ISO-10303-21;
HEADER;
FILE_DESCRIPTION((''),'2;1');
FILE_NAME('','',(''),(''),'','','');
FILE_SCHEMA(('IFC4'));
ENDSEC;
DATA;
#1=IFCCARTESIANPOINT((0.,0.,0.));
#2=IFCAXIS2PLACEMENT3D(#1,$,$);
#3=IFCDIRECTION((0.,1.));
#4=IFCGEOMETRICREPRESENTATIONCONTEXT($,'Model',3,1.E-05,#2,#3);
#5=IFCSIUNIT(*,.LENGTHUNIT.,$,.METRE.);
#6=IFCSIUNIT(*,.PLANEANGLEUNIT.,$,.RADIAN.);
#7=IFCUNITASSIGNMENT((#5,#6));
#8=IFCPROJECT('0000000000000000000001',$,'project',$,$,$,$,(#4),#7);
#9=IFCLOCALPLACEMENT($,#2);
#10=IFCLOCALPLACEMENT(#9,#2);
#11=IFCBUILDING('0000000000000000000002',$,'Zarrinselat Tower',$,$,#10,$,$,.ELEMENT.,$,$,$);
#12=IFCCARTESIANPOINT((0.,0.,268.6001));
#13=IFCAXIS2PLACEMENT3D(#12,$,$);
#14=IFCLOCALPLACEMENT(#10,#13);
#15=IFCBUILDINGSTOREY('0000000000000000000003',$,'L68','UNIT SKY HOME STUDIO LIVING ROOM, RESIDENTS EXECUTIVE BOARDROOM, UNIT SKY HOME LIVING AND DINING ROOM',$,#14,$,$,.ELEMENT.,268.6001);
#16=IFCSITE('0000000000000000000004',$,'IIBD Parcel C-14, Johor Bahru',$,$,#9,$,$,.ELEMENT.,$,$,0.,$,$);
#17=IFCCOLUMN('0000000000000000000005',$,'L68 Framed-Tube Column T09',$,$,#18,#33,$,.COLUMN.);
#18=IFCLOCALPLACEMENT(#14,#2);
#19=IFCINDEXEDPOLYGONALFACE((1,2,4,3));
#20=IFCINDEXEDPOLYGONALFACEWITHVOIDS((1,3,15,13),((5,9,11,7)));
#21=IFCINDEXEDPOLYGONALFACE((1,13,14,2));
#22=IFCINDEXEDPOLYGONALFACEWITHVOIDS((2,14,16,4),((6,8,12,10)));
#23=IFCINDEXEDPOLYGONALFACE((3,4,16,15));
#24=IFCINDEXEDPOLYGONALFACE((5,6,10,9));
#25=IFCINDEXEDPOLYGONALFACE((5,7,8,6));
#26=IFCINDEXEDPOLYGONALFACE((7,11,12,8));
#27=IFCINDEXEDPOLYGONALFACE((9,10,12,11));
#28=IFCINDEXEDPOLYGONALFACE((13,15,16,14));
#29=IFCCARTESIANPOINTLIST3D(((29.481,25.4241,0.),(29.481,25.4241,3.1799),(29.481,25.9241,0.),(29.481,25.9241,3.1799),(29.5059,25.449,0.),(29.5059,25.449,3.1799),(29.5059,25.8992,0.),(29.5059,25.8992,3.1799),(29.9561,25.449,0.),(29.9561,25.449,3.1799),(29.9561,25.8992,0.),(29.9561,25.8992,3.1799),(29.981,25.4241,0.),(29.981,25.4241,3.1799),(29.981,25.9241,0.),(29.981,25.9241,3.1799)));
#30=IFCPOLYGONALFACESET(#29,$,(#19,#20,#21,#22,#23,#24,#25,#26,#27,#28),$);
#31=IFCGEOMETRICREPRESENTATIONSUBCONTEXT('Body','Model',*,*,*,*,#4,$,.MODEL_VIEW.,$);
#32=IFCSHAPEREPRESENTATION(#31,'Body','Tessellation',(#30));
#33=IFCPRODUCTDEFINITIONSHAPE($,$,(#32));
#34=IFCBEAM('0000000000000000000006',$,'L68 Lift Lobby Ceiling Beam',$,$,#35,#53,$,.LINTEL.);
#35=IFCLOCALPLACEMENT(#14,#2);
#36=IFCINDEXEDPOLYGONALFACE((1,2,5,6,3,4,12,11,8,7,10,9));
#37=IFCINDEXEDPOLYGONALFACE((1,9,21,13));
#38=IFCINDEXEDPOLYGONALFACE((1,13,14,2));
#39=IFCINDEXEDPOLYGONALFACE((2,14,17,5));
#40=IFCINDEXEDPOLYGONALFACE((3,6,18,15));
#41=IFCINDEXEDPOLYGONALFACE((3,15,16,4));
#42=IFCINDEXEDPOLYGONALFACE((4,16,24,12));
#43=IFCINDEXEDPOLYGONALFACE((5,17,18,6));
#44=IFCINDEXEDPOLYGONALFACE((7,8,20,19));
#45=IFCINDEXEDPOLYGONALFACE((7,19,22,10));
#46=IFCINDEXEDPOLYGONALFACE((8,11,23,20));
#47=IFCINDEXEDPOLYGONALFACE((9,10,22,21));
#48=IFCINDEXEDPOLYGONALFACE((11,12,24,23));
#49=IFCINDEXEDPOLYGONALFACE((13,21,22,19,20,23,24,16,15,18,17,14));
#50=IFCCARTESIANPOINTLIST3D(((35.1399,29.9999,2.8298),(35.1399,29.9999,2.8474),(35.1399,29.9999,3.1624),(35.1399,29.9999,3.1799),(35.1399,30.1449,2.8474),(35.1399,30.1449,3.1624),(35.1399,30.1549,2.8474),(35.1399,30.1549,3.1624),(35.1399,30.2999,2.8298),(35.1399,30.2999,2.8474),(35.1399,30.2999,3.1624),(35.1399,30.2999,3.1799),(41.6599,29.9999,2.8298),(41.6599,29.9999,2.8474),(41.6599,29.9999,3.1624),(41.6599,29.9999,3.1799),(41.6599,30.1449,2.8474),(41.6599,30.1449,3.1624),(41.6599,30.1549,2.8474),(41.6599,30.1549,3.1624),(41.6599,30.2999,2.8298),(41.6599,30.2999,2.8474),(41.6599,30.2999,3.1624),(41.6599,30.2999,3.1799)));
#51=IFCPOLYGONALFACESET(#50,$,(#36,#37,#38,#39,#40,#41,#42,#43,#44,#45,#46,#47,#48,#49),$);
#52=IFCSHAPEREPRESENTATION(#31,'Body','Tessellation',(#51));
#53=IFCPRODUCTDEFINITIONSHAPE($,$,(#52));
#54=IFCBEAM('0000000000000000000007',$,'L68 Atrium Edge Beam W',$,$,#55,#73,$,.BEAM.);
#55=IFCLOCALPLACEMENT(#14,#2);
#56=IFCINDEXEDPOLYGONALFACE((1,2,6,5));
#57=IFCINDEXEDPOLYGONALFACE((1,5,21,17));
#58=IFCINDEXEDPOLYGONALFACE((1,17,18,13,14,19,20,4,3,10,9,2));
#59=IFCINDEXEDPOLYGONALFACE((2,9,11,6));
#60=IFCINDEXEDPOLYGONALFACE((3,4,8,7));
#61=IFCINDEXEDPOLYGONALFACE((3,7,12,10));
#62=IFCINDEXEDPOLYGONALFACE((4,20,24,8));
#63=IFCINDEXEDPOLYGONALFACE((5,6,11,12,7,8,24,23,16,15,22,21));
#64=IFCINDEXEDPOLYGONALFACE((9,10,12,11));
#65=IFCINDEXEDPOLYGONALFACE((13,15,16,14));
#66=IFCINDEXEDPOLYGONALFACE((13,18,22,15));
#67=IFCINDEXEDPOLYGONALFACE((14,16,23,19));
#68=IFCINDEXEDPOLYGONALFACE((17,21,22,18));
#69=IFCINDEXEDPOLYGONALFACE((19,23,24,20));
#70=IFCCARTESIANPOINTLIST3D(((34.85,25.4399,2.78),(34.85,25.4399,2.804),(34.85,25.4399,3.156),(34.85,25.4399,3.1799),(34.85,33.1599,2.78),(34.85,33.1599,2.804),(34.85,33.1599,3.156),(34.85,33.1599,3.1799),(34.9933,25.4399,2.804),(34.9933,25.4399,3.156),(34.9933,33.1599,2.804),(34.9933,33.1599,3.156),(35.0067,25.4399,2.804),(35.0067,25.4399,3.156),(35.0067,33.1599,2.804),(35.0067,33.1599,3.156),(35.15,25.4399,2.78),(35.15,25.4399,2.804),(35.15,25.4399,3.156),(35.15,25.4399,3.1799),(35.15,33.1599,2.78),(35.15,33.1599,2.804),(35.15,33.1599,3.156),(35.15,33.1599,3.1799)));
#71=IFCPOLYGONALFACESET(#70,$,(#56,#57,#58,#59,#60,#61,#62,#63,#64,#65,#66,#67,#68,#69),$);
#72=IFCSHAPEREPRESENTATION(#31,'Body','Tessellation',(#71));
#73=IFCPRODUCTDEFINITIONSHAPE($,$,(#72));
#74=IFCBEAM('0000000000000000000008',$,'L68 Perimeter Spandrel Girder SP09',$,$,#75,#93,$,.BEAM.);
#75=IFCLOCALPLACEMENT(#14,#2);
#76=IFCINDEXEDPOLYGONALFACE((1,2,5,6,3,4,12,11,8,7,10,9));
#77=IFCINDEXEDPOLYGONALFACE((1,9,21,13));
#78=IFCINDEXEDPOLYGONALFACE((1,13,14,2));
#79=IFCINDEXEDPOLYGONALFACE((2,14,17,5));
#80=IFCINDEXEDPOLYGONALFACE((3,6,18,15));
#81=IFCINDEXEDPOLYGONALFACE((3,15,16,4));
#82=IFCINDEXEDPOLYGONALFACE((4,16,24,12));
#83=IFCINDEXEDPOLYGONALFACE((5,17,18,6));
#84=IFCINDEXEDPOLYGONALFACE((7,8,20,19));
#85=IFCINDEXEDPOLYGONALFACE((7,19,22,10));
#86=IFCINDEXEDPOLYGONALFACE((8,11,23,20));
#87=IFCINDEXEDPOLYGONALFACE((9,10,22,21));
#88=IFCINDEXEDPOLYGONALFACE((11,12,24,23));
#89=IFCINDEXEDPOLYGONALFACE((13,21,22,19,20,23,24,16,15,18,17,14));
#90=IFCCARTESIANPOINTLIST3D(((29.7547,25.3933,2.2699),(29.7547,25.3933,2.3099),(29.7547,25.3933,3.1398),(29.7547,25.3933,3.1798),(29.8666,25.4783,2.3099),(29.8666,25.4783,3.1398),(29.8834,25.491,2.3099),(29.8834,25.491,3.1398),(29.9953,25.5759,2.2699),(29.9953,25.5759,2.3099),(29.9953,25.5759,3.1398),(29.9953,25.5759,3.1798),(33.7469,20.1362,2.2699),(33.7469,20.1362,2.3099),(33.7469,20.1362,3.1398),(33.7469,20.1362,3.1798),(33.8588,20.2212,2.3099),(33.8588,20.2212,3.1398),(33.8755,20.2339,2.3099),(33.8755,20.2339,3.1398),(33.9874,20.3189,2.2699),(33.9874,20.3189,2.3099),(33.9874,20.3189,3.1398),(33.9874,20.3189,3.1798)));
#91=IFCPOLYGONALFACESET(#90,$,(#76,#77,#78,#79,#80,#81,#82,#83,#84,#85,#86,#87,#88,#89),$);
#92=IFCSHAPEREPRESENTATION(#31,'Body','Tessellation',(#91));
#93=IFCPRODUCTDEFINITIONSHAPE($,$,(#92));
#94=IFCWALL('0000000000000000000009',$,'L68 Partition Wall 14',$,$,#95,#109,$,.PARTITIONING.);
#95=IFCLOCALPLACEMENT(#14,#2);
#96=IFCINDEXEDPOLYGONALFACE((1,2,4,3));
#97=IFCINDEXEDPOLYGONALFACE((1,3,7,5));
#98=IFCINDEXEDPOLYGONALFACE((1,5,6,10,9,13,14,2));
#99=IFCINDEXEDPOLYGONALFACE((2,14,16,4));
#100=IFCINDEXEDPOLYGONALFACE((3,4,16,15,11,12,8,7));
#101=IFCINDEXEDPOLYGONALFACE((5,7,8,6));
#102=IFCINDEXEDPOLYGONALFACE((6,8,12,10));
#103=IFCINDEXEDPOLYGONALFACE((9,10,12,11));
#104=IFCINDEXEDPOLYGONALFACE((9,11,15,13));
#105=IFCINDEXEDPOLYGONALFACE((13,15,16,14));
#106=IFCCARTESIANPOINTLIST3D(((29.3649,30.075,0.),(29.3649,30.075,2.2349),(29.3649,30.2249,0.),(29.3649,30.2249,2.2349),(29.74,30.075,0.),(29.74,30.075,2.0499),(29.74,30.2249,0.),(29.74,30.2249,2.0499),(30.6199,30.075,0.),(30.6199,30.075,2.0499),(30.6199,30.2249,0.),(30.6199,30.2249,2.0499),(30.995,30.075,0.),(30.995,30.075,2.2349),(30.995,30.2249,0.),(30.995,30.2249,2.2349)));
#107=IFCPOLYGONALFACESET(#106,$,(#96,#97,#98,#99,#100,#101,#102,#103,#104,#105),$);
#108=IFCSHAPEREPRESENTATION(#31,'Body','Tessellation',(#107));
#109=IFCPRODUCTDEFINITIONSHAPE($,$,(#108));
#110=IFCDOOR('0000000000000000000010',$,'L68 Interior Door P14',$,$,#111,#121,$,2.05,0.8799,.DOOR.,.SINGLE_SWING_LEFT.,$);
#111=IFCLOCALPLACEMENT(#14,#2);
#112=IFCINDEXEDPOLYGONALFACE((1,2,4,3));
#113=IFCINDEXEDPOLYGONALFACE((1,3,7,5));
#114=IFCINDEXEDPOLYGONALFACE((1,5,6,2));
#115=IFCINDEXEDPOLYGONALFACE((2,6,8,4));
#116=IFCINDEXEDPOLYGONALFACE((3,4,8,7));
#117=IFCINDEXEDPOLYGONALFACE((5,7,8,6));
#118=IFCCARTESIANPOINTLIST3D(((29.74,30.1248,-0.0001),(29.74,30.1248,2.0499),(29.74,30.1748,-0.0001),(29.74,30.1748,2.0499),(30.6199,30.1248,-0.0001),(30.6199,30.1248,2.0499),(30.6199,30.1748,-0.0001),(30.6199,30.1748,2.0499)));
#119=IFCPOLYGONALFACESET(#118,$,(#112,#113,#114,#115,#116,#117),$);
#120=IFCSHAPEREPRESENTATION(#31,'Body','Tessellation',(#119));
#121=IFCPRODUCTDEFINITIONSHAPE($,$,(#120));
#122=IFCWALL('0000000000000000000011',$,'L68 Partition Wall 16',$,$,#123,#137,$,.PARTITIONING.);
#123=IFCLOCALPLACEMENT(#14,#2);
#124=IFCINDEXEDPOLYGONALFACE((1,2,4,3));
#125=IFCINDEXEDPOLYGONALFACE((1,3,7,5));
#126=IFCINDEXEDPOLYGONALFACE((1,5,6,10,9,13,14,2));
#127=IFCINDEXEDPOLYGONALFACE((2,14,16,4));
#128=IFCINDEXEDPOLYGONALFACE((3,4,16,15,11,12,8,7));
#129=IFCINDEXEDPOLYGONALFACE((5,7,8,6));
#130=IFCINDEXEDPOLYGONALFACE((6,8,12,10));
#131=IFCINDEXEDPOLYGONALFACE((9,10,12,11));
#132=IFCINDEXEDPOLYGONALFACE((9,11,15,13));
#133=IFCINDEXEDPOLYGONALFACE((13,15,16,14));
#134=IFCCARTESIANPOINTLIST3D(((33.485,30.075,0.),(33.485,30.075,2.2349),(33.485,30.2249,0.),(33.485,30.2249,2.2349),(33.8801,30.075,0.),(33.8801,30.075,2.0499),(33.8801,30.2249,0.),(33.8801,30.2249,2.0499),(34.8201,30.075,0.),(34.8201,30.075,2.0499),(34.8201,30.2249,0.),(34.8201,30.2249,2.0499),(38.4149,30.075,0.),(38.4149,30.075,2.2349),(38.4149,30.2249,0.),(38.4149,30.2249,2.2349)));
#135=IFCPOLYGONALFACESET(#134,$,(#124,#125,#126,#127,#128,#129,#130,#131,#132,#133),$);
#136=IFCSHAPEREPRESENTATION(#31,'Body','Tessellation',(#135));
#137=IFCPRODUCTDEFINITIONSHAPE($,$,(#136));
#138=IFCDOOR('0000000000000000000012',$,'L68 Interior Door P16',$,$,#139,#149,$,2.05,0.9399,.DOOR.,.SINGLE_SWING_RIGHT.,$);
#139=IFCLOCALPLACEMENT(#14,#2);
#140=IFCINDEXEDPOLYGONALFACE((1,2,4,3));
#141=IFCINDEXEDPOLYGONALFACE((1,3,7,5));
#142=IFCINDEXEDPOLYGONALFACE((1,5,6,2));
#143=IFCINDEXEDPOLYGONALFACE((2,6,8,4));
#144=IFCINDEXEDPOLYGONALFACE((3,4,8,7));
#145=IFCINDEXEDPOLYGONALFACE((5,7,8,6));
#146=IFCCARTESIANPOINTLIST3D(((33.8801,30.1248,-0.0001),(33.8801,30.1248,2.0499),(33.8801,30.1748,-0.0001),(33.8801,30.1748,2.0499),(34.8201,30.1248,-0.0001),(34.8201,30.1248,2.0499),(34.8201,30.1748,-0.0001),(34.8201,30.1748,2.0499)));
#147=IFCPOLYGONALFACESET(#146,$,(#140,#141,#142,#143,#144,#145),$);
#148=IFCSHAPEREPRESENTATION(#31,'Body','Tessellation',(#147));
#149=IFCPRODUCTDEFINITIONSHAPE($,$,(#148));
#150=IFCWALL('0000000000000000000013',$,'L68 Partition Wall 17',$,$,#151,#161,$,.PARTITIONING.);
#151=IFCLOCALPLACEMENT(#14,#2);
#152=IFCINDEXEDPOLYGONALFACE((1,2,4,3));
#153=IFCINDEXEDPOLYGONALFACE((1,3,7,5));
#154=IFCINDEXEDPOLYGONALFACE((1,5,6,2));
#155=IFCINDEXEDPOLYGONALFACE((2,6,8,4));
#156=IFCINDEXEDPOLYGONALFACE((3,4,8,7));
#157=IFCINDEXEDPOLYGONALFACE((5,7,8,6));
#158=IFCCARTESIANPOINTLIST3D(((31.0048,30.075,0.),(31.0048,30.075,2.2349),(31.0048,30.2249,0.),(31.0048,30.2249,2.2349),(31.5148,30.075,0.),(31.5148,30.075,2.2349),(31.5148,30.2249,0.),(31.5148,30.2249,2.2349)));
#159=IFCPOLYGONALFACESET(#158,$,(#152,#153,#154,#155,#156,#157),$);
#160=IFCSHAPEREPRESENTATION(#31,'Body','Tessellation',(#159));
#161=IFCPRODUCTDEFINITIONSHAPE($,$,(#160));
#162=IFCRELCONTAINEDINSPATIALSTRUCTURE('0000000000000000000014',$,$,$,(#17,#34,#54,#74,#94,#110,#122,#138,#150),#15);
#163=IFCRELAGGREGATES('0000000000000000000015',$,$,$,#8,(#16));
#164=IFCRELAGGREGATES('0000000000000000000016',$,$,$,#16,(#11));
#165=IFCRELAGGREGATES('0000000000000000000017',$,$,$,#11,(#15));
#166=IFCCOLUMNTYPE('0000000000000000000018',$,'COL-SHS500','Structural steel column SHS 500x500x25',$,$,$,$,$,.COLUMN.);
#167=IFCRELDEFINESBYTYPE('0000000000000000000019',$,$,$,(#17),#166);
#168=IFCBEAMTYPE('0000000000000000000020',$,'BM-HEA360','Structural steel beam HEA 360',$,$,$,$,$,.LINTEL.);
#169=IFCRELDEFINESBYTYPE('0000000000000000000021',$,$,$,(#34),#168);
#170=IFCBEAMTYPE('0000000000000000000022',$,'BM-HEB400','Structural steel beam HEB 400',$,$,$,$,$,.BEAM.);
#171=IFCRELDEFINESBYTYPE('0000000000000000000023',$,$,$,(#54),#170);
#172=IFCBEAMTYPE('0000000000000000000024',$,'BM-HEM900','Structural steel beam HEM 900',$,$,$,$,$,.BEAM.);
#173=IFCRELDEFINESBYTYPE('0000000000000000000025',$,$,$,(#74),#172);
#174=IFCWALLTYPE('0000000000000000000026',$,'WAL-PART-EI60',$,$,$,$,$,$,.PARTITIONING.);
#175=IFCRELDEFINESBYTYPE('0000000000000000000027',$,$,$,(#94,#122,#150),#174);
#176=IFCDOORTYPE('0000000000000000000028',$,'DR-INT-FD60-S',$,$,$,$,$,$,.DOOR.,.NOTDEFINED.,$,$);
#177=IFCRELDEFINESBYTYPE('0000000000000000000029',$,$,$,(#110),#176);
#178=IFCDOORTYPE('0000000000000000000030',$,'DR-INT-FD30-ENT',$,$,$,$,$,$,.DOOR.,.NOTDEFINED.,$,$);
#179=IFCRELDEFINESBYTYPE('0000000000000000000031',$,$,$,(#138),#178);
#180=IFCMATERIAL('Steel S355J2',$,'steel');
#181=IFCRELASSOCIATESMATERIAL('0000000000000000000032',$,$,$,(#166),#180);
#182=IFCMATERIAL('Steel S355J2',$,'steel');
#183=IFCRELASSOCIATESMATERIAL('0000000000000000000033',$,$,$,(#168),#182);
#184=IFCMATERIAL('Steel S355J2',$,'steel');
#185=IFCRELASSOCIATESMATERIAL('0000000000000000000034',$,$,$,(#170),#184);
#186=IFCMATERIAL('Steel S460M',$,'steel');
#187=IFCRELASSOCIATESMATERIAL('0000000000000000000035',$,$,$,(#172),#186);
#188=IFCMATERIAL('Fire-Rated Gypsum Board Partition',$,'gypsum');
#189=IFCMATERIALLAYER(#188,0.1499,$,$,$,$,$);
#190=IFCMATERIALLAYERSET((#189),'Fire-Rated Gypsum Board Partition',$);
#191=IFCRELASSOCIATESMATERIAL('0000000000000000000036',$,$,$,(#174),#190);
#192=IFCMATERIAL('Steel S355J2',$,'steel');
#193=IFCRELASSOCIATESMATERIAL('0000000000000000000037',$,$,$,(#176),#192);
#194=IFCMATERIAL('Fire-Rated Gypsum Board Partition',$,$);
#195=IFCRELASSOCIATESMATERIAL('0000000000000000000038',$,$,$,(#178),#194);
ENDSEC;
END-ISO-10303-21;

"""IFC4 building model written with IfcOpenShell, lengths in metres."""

from ifc_helpers import new_model, si_unit, direction, frame, frame_2d, origin, origin_2d, place, context, subcontext, project, spatial, rectangle, hollow_rectangle, i_section, extrude, material, layer, layer_set, material_profile, profile_set, type_object, element, fill, save


model = new_model("IFC4")

# Units and contexts
model_context = context("Model", 3, precision=1e-05, world=origin(), true_north=direction((0.0, 1.0)))
body_context = subcontext(model_context, "Body", "Model", "MODEL_VIEW")
ifc_project = project(units=[si_unit("LENGTHUNIT", "METRE"), si_unit("PLANEANGLEUNIT", "RADIAN")], contexts=[model_context])

# Site, building, storey
site_placement = place(None, origin())
site = spatial("IfcSite", under=ifc_project, at=site_placement, Name="IIBD Parcel C-14, Johor Bahru", CompositionType="ELEMENT", RefElevation=0.0)
building_placement = place(site_placement, origin())
building = spatial("IfcBuilding", under=site, at=building_placement, Name="Zarrinselat Tower", CompositionType="ELEMENT")
storey_placement = place(building_placement, frame((0.0, 0.0, 268.6001)))
storey = spatial("IfcBuildingStorey", under=building, at=storey_placement, Name="L68", Description="UNIT SKY HOME STUDIO LIVING ROOM, RESIDENTS EXECUTIVE BOARDROOM, UNIT SKY HOME LIVING AND DINING ROOM", CompositionType="ELEMENT", Elevation=268.6001)

# Column
ifc_material_1 = material(Name="Steel S355J2", Category="steel")
ifc_material_profile_1 = material_profile(ifc_material_1, hollow_rectangle(XDim=0.5, YDim=0.5, WallThickness=0.0249, at=origin_2d()), Name="SHS 500x500x25")
ifc_profile_set_1 = profile_set([ifc_material_profile_1], Name="Steel S355J2")
column_type = type_object("IfcColumnType", Name="COL-SHS500", Description="Structural steel column SHS 500x500x25", PredefinedType="COLUMN", material=ifc_profile_set_1)
column_placement = place(storey_placement, frame((29.731, 25.6741, 0.0), z_axis=(0.0, 0.0, 1.0), x_axis=(1.0, 0.0, 0.0)))
element("IfcColumn", 1, at=column_placement, inside=storey, type_object=column_type, Name="L68 Framed-Tube Column T09", PredefinedType="COLUMN", context=body_context, shape_type="SweptSolid", body=[
    extrude(hollow_rectangle(XDim=0.5, YDim=0.5, WallThickness=0.0249, at=origin_2d()), origin(), (0.0, 0.0, 1.0), 3.1799),
])

# Beams
ifc_material_2 = material(Name="Steel S355J2", Category="steel")
ifc_material_profile_2 = material_profile(ifc_material_2, i_section(OverallWidth=0.3, OverallDepth=0.3501, WebThickness=0.01, FlangeThickness=0.0176, at=origin_2d()), Name="HEA 360")
ifc_profile_set_2 = profile_set([ifc_material_profile_2], Name="Steel S355J2")
beam_type_1 = type_object("IfcBeamType", Name="BM-HEA360", Description="Structural steel beam HEA 360", PredefinedType="LINTEL", material=ifc_profile_set_2)
beam_1_placement = place(storey_placement, frame((35.1399, 30.1499, 3.0049), z_axis=(1.0, 0.0, 0.0), x_axis=(0.0, 1.0, 0.0)))
element("IfcBeam", 2, at=beam_1_placement, inside=storey, type_object=beam_type_1, Name="L68 Lift Lobby Ceiling Beam", PredefinedType="LINTEL", context=body_context, shape_type="SweptSolid", body=[
    extrude(i_section(OverallWidth=0.3, OverallDepth=0.3501, WebThickness=0.01, FlangeThickness=0.0176, at=origin_2d()), origin(), (0.0, 0.0, 1.0), 6.52),
])
ifc_material_3 = material(Name="Steel S355J2", Category="steel")
ifc_material_profile_3 = material_profile(ifc_material_3, i_section(OverallWidth=0.3, OverallDepth=0.3999, WebThickness=0.0134, FlangeThickness=0.0239, at=origin_2d()), Name="HEB 400")
ifc_profile_set_3 = profile_set([ifc_material_profile_3], Name="Steel S355J2")
beam_type_2 = type_object("IfcBeamType", Name="BM-HEB400", Description="Structural steel beam HEB 400", PredefinedType="BEAM", material=ifc_profile_set_3)
beam_2_placement = place(storey_placement, frame((35.0, 25.4399, 2.98), z_axis=(0.0, 1.0, 0.0), x_axis=(-1.0, 0.0, 0.0)))
element("IfcBeam", 3, at=beam_2_placement, inside=storey, type_object=beam_type_2, Name="L68 Atrium Edge Beam W", PredefinedType="BEAM", context=body_context, shape_type="SweptSolid", body=[
    extrude(i_section(OverallWidth=0.3, OverallDepth=0.3999, WebThickness=0.0134, FlangeThickness=0.0239, at=origin_2d()), origin(), (0.0, 0.0, 1.0), 7.72),
])
ifc_material_4 = material(Name="Steel S460M", Category="steel")
ifc_material_profile_4 = material_profile(ifc_material_4, i_section(OverallWidth=0.302, OverallDepth=0.9099, WebThickness=0.021, FlangeThickness=0.04, at=origin_2d()), Name="HEM 900")
ifc_profile_set_4 = profile_set([ifc_material_profile_4], Name="Steel S460M")
beam_type_3 = type_object("IfcBeamType", Name="BM-HEM900", Description="Structural steel beam HEM 900", PredefinedType="BEAM", material=ifc_profile_set_4)
beam_3_placement = place(storey_placement, frame((29.875, 25.4846, 2.7249), z_axis=(0.604777, -0.796395, 0.0), x_axis=(0.796395, 0.604777, 0.0)))
element("IfcBeam", 4, at=beam_3_placement, inside=storey, type_object=beam_type_3, Name="L68 Perimeter Spandrel Girder SP09", PredefinedType="BEAM", context=body_context, shape_type="SweptSolid", body=[
    extrude(i_section(OverallWidth=0.302, OverallDepth=0.9099, WebThickness=0.021, FlangeThickness=0.04, at=origin_2d()), origin(), (0.0, 0.0, 1.0), 6.6011),
])

# Walls, openings, doors
ifc_material_5 = material(Name="Fire-Rated Gypsum Board Partition", Category="gypsum")
ifc_layer_1 = layer(ifc_material_5, 0.1499)
ifc_layer_set_1 = layer_set([ifc_layer_1], Name="Fire-Rated Gypsum Board Partition")
wall_type_1 = type_object("IfcWallType", Name="WAL-PART-EI60", PredefinedType="PARTITIONING", material=ifc_layer_set_1)
wall_1_placement = place(storey_placement, frame((29.365, 30.1499, 0.0), z_axis=(0.0, 0.0, 1.0), x_axis=(1.0, 0.0, 0.0)))
wall_1 = element("IfcWall", 5, at=wall_1_placement, inside=storey, type_object=wall_type_1, Name="L68 Partition Wall 14", PredefinedType="PARTITIONING", context=body_context, shape_type="SweptSolid", body=[
    extrude(rectangle(XDim=1.6301, YDim=0.1499, at=frame_2d((0.8149, 0.0))), origin(), (0.0, 0.0, 1.0), 2.2349),
])
opening_1_placement = place(wall_1_placement, frame((0.375, 0.0, 0.0)))
opening_1 = element("IfcOpeningElement", 6, at=opening_1_placement, cuts=wall_1, PredefinedType="OPENING", context=body_context, shape_type="SweptSolid", body=[
    extrude(rectangle(XDim=0.8799, YDim=2.05, at=frame_2d((0.4399, 1.0249))), frame((0.0, 0.085, 0.0), z_axis=(0.0, -1.0, 0.0), x_axis=(1.0, 0.0, 0.0)), (0.0, 0.0, 1.0), 0.1699),
])
ifc_material_6 = material(Name="Steel S355J2", Category="steel")
door_type_1 = type_object("IfcDoorType", Name="DR-INT-FD60-S", OperationType="NOTDEFINED", PredefinedType="DOOR", material=ifc_material_6)
door_1_placement = place(opening_1_placement, origin())
door_1 = element("IfcDoor", 7, at=door_1_placement, inside=storey, type_object=door_type_1, Name="L68 Interior Door P14", OperationType="SINGLE_SWING_LEFT", OverallHeight=2.05, OverallWidth=0.8799, PredefinedType="DOOR", context=body_context, shape_type="SweptSolid", body=[
    extrude(rectangle(XDim=0.8799, YDim=2.05, at=frame_2d((0.4399, 1.0249))), frame((0.0, 0.0249, 0.0), z_axis=(0.0, -1.0, 0.0), x_axis=(1.0, 0.0, 0.0)), (0.0, 0.0, 1.0), 0.05),
])
fill(opening_1, door_1)
wall_2_placement = place(storey_placement, frame((33.4851, 30.1499, 0.0), z_axis=(0.0, 0.0, 1.0), x_axis=(1.0, 0.0, 0.0)))
wall_2 = element("IfcWall", 8, at=wall_2_placement, inside=storey, type_object=wall_type_1, Name="L68 Partition Wall 16", PredefinedType="PARTITIONING", context=body_context, shape_type="SweptSolid", body=[
    extrude(rectangle(XDim=4.9299, YDim=0.1499, at=frame_2d((2.4648, 0.0))), origin(), (0.0, 0.0, 1.0), 2.2349),
])
opening_2_placement = place(wall_2_placement, frame((0.395, 0.0, 0.0)))
opening_2 = element("IfcOpeningElement", 9, at=opening_2_placement, cuts=wall_2, PredefinedType="OPENING", context=body_context, shape_type="SweptSolid", body=[
    extrude(rectangle(XDim=0.9399, YDim=2.05, at=frame_2d((0.47, 1.0249))), frame((0.0, 0.085, 0.0), z_axis=(0.0, -1.0, 0.0), x_axis=(1.0, 0.0, 0.0)), (0.0, 0.0, 1.0), 0.1699),
])
ifc_material_7 = material(Name="Fire-Rated Gypsum Board Partition")
door_type_2 = type_object("IfcDoorType", Name="DR-INT-FD30-ENT", OperationType="NOTDEFINED", PredefinedType="DOOR", material=ifc_material_7)
door_2_placement = place(opening_2_placement, origin())
door_2 = element("IfcDoor", 10, at=door_2_placement, inside=storey, type_object=door_type_2, Name="L68 Interior Door P16", OperationType="SINGLE_SWING_RIGHT", OverallHeight=2.05, OverallWidth=0.9399, PredefinedType="DOOR", context=body_context, shape_type="SweptSolid", body=[
    extrude(rectangle(XDim=0.9399, YDim=2.05, at=frame_2d((0.47, 1.0249))), frame((0.0, 0.0249, 0.0), z_axis=(0.0, -1.0, 0.0), x_axis=(1.0, 0.0, 0.0)), (0.0, 0.0, 1.0), 0.05),
])
fill(opening_2, door_2)

# Wall
wall_3_placement = place(storey_placement, frame((31.0049, 30.1499, 0.0), z_axis=(0.0, 0.0, 1.0), x_axis=(1.0, 0.0, 0.0)))
element("IfcWall", 11, at=wall_3_placement, inside=storey, type_object=wall_type_1, Name="L68 Partition Wall 17", PredefinedType="PARTITIONING", context=body_context, shape_type="SweptSolid", body=[
    extrude(rectangle(XDim=0.51, YDim=0.1499, at=frame_2d((0.2549, 0.0))), origin(), (0.0, 0.0, 1.0), 2.2349),
])

save(model, "model.ifc")
